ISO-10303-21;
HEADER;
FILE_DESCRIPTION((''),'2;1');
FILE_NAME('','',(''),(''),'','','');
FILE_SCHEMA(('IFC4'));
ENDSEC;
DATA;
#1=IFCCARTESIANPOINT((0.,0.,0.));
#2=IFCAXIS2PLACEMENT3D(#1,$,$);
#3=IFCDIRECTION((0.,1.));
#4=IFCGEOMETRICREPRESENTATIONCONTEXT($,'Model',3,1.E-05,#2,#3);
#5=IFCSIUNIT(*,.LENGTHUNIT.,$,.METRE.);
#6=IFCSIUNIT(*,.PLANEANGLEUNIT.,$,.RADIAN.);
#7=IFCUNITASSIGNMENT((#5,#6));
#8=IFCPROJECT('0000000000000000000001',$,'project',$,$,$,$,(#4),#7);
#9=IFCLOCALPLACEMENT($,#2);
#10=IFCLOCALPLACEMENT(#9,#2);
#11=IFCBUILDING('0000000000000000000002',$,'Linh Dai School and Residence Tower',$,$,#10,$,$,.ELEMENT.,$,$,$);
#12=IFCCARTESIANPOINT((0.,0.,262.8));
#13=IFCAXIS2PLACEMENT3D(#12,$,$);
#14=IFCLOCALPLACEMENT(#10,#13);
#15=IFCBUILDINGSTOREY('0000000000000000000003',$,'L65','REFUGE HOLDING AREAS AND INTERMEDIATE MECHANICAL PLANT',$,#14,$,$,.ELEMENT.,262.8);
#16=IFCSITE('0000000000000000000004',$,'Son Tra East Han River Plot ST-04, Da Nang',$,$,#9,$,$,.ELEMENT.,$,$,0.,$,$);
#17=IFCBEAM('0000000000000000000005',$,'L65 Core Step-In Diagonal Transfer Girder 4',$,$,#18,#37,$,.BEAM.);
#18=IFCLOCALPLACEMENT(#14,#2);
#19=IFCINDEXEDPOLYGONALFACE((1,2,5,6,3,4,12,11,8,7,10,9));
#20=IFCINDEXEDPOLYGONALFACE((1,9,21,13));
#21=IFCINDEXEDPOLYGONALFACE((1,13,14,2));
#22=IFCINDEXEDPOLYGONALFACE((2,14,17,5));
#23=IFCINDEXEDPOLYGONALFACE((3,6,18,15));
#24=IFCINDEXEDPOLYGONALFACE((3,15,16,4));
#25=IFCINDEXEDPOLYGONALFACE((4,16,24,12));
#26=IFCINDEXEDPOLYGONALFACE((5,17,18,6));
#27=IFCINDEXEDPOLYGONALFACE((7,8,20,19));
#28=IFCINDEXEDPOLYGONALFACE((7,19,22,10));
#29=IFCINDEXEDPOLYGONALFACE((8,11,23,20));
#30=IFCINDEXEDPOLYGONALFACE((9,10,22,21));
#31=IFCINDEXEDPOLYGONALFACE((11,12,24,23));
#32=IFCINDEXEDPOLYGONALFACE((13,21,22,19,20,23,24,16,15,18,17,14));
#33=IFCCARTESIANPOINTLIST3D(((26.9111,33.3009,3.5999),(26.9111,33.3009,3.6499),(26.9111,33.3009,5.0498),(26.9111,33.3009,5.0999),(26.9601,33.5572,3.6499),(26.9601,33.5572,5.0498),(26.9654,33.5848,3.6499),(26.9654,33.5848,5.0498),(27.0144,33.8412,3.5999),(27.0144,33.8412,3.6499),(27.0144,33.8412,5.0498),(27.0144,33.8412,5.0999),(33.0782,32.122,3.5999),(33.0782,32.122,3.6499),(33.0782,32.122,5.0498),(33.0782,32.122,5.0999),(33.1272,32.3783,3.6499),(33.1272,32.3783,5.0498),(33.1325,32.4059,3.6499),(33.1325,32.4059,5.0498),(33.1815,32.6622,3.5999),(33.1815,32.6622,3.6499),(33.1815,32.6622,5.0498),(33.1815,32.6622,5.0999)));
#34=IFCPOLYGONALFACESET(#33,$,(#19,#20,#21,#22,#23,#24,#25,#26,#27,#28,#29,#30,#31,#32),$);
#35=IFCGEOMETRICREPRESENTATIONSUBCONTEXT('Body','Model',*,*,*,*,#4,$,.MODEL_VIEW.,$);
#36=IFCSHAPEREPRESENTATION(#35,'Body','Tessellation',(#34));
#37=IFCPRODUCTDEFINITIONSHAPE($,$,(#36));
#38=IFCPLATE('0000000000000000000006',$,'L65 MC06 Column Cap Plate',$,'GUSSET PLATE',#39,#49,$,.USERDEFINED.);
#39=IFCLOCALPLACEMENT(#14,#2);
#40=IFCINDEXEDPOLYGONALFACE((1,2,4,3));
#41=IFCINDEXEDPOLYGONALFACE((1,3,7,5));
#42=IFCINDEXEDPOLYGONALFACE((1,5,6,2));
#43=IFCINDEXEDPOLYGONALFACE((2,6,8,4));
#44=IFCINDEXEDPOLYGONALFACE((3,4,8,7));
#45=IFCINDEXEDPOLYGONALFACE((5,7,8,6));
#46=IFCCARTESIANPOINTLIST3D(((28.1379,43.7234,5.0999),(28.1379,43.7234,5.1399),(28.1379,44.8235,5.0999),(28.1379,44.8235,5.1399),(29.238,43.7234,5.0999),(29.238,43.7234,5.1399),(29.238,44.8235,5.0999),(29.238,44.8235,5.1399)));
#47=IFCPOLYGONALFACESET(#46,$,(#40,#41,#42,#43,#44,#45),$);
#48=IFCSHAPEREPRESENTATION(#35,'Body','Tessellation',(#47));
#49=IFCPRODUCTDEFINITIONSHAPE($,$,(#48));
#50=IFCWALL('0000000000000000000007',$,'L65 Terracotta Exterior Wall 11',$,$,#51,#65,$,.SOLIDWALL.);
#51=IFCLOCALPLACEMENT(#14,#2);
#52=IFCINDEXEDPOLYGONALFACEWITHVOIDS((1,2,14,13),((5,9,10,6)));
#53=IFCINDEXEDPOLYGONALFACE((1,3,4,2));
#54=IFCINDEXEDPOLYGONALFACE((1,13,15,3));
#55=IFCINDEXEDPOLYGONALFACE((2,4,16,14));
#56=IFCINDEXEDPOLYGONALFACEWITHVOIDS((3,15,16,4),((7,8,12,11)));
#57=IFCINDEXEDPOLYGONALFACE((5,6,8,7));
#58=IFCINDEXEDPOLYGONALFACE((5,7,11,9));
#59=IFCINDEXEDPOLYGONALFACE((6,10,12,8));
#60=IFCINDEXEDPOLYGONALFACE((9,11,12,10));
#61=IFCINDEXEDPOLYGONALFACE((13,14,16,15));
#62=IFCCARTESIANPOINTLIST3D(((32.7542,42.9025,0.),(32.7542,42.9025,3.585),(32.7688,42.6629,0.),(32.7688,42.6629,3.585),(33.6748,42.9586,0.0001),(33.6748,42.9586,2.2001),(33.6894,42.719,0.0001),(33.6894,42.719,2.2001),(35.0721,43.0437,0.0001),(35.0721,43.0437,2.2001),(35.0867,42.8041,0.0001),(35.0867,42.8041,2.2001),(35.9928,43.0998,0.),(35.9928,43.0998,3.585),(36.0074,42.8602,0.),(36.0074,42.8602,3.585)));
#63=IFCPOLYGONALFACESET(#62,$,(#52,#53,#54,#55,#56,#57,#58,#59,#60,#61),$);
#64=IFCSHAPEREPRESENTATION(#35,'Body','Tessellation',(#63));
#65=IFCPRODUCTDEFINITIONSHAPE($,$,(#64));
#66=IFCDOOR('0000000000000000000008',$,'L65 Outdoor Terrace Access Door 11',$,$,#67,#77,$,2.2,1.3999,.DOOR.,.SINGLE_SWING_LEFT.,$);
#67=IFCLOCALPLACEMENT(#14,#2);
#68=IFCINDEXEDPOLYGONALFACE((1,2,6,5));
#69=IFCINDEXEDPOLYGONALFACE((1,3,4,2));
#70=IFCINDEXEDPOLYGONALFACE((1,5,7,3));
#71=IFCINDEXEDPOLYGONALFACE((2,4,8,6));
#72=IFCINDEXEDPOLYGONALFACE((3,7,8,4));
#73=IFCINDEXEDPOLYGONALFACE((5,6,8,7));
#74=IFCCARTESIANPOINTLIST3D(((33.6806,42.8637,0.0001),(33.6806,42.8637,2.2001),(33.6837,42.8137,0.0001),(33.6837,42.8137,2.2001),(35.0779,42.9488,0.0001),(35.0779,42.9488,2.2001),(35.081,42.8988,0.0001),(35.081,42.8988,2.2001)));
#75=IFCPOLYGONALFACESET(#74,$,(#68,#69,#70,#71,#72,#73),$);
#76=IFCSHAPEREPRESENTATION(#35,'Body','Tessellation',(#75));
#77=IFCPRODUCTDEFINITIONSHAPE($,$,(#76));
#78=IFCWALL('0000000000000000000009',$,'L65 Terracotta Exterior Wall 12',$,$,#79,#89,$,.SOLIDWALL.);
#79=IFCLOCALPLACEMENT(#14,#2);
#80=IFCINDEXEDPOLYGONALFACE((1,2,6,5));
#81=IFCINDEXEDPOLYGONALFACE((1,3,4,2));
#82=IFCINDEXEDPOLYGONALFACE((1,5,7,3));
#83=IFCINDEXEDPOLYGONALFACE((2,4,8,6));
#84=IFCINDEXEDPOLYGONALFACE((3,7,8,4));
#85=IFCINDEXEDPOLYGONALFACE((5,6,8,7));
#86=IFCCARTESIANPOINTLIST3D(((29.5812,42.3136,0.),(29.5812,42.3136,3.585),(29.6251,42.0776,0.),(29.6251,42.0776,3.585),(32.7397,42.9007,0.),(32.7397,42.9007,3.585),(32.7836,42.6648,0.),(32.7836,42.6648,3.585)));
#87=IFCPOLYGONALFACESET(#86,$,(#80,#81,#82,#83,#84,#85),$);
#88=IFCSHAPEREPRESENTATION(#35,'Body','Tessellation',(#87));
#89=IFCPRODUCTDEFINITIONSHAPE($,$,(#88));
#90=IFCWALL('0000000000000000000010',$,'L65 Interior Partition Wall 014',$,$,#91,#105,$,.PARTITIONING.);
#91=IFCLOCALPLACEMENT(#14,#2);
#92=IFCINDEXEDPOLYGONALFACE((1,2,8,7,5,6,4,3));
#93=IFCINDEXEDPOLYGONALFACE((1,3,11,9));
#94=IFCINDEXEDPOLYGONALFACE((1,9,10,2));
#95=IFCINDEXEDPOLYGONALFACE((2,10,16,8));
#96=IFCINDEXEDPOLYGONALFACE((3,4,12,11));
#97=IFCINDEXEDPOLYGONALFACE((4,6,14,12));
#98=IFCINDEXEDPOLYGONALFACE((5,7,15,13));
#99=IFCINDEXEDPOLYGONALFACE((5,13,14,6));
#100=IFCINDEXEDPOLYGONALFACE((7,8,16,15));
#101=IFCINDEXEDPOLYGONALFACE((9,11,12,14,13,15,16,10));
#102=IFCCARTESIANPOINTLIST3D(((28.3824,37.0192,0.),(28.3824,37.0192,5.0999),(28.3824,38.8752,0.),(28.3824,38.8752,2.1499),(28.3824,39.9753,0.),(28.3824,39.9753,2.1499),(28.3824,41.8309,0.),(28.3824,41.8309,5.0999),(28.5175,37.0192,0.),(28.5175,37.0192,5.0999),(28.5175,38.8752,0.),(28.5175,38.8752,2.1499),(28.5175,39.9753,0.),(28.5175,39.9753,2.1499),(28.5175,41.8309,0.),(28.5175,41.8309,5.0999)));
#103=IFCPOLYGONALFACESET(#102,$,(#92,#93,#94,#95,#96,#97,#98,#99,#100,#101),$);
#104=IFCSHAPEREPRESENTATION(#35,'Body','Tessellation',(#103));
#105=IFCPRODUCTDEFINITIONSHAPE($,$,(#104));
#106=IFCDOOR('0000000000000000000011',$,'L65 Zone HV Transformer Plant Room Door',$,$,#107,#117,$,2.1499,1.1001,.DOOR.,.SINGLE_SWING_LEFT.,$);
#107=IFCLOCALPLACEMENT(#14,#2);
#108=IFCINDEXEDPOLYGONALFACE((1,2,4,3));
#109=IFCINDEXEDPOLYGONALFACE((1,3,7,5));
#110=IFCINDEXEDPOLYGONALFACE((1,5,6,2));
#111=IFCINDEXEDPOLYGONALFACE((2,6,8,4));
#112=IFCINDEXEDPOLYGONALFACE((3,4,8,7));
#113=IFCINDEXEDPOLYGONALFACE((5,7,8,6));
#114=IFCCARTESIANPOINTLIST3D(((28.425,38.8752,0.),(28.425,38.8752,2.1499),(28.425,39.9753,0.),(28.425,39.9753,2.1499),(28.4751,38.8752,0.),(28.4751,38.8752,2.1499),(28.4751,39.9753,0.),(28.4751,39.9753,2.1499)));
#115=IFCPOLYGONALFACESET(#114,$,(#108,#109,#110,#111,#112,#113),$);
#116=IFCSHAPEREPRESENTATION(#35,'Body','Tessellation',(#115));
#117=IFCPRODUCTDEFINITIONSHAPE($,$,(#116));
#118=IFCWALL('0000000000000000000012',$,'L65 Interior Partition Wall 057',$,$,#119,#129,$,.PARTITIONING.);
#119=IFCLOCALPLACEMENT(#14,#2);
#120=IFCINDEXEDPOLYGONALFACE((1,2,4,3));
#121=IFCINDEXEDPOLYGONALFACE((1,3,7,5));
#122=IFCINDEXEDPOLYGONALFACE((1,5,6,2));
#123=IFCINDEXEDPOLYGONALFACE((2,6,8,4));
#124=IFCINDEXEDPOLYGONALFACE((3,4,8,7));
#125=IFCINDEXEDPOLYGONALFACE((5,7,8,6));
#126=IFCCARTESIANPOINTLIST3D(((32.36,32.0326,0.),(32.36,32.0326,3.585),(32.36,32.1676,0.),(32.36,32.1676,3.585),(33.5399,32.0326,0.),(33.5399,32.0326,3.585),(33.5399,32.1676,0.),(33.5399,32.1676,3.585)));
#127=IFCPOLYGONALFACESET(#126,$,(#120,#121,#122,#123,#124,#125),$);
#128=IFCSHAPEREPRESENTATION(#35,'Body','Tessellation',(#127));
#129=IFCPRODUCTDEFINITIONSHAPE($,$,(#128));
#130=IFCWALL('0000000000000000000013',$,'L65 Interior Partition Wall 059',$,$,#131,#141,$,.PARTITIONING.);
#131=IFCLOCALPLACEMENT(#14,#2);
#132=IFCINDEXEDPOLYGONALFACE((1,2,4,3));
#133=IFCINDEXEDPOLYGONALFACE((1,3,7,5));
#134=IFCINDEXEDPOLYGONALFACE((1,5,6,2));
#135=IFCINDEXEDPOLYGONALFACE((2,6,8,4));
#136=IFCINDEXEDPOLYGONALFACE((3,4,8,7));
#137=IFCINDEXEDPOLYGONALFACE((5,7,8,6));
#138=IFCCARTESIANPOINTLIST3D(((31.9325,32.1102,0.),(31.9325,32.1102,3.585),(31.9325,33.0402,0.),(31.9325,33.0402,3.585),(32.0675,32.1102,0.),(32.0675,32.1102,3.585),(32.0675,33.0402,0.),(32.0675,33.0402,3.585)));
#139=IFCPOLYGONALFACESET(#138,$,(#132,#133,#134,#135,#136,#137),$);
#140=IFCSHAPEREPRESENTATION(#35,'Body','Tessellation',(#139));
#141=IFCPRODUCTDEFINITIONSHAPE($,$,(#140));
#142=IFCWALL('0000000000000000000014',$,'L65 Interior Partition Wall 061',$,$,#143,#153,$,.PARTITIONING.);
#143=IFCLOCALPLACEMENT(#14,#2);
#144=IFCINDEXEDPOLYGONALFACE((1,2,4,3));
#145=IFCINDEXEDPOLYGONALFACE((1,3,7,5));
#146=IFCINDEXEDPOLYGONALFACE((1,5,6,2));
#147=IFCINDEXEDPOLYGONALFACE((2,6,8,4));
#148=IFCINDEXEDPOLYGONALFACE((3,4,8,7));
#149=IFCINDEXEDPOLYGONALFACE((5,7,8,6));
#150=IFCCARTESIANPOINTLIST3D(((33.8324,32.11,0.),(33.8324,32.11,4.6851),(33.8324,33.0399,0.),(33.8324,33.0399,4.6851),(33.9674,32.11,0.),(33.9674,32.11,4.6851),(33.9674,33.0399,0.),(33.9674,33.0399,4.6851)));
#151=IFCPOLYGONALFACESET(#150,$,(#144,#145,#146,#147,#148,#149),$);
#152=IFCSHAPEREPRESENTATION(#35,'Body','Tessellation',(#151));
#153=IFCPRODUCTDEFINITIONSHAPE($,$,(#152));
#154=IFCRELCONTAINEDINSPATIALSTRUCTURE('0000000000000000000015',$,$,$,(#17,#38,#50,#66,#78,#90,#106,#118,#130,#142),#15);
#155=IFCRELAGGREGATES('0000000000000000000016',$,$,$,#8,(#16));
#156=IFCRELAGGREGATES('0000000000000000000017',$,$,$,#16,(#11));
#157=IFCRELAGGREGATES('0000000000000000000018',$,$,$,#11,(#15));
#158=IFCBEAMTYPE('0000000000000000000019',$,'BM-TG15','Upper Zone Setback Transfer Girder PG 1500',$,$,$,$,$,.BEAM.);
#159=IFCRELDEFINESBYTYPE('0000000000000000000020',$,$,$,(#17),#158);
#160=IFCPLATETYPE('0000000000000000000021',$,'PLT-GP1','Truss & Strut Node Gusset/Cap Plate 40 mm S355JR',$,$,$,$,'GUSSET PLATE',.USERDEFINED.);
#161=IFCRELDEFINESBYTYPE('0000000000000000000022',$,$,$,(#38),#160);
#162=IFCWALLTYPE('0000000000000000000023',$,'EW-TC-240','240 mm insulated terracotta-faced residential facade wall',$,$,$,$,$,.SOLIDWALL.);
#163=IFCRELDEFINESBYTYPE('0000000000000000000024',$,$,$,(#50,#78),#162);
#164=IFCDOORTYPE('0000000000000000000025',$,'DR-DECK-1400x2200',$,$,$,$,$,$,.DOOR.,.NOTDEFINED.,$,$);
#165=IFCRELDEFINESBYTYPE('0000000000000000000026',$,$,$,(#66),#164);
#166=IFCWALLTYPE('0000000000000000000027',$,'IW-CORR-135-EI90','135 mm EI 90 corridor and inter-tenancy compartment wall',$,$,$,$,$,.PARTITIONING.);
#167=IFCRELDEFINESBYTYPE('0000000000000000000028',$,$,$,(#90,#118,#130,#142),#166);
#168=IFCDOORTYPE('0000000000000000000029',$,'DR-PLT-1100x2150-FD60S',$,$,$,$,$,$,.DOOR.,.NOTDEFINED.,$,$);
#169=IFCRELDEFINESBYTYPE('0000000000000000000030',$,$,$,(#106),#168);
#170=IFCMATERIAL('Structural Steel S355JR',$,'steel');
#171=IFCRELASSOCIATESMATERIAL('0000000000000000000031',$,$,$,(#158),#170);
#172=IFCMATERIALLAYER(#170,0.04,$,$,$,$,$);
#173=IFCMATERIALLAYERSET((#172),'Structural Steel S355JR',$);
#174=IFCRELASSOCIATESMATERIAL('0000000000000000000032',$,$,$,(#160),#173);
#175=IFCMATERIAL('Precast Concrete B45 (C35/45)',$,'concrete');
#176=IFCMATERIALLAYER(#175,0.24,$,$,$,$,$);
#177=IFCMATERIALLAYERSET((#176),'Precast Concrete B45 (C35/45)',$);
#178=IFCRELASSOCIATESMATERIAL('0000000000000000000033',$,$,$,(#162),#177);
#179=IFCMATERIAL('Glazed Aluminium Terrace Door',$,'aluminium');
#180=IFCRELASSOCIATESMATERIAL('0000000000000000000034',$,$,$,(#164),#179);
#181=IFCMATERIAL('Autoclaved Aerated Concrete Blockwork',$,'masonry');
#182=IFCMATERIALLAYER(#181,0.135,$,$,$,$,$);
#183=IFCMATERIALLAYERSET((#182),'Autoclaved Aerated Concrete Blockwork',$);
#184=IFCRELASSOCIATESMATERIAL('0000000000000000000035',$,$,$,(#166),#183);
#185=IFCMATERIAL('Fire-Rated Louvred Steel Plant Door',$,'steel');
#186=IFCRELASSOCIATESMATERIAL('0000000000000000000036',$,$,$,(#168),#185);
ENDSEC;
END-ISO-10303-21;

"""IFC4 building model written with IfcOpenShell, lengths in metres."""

from ifc_helpers import new_model, si_unit, direction, frame, frame_2d, origin, origin_2d, place, context, subcontext, project, spatial, rectangle, i_section, extrude, source, transform, mapped, material, layer, layer_set, material_profile, profile_set, type_object, element, fill, save


model = new_model("IFC4")

# Units and contexts
model_context = context("Model", 3, precision=1e-05, world=origin(), true_north=direction((0.0, 1.0)))
body_context = subcontext(model_context, "Body", "Model", "MODEL_VIEW")
ifc_project = project(units=[si_unit("LENGTHUNIT", "METRE"), si_unit("PLANEANGLEUNIT", "RADIAN")], contexts=[model_context])

# Site, building, storey
site_placement = place(None, origin())
site = spatial("IfcSite", under=ifc_project, at=site_placement, Name="Son Tra East Han River Plot ST-04, Da Nang", CompositionType="ELEMENT", RefElevation=0.0)
building_placement = place(site_placement, origin())
building = spatial("IfcBuilding", under=site, at=building_placement, Name="Linh Dai School and Residence Tower", CompositionType="ELEMENT")
storey_placement = place(building_placement, frame((0.0, 0.0, 262.8)))
storey = spatial("IfcBuildingStorey", under=building, at=storey_placement, Name="L65", Description="REFUGE HOLDING AREAS AND INTERMEDIATE MECHANICAL PLANT", CompositionType="ELEMENT", Elevation=262.8)

# Shared definitions
ifc_material_1 = material(Name="Structural Steel S355JR", Category="steel")

# Beam
ifc_material_profile_1 = material_profile(ifc_material_1, i_section(OverallWidth=0.55, OverallDepth=1.5, WebThickness=0.0281, FlangeThickness=0.05, at=origin_2d()), Name="PG 1500x550x28x50")
ifc_profile_set_1 = profile_set([ifc_material_profile_1], Name="Structural Steel S355JR")
beam_type_1 = type_object("IfcBeamType", Name="BM-TG15", Description="Upper Zone Setback Transfer Girder PG 1500", PredefinedType="BEAM", material=ifc_profile_set_1)
beam_1_placement = place(storey_placement, frame((33.1299, 32.3921, 4.3499), z_axis=(-0.982214, 0.187764, 0.0), x_axis=(-0.187764, -0.982214, 0.0)))
element("IfcBeam", 1, at=beam_1_placement, inside=storey, type_object=beam_type_1, Name="L65 Core Step-In Diagonal Transfer Girder 4", PredefinedType="BEAM", context=body_context, shape_type="SweptSolid", body=[
    extrude(i_section(OverallWidth=0.55, OverallDepth=1.5, WebThickness=0.0281, FlangeThickness=0.05, at=origin_2d()), origin(), (0.0, 0.0, 1.0), 6.2788),
])

# Plate
ifc_layer_1 = layer(ifc_material_1, 0.04)
ifc_layer_set_1 = layer_set([ifc_layer_1], Name="Structural Steel S355JR")
plate_type = type_object("IfcPlateType", Name="PLT-GP1", Description="Truss & Strut Node Gusset/Cap Plate 40 mm S355JR", ElementType="GUSSET PLATE", PredefinedType="USERDEFINED", material=ifc_layer_set_1)
shared_shape_1 = source(origin(), body_context, "Body", "SweptSolid", [
    extrude(rectangle(XDim=1.1001, YDim=1.1001, at=origin_2d()), origin(), (0.0, 0.0, 1.0), 0.04),
])
plate_placement = place(storey_placement, frame((28.688, 44.2734, 5.0999), z_axis=(0.0, 0.0, 1.0), x_axis=(1.0, 0.0, 0.0)))
element("IfcPlate", 2, at=plate_placement, inside=storey, type_object=plate_type, Name="L65 MC06 Column Cap Plate", ObjectType="GUSSET PLATE", PredefinedType="USERDEFINED", context=body_context, shape_type="MappedRepresentation", body=[
    mapped(shared_shape_1, transform((0.0, 0.0, 0.0), x_axis=(1.0, 0.0, 0.0), y_axis=(0.0, 1.0, 0.0), z_axis=(0.0, 0.0, 1.0), scale=1.0)),
])

# Wall, opening, door
ifc_material_2 = material(Name="Precast Concrete B45 (C35/45)", Category="concrete")
ifc_layer_2 = layer(ifc_material_2, 0.24)
ifc_layer_set_2 = layer_set([ifc_layer_2], Name="Precast Concrete B45 (C35/45)")
wall_type_1 = type_object("IfcWallType", Name="EW-TC-240", Description="240 mm insulated terracotta-faced residential facade wall", PredefinedType="SOLIDWALL", material=ifc_layer_set_2)
wall_1_placement = place(storey_placement, frame((32.7615, 42.7827, 0.0), z_axis=(0.0, 0.0, 1.0), x_axis=(0.99815, 0.060799, 0.0)))
wall_1 = element("IfcWall", 3, at=wall_1_placement, inside=storey, type_object=wall_type_1, Name="L65 Terracotta Exterior Wall 11", PredefinedType="SOLIDWALL", context=body_context, shape_type="SweptSolid", body=[
    extrude(rectangle(XDim=3.2446, YDim=0.24, at=frame_2d((1.6223, 0.0))), origin(), (0.0, 0.0, 1.0), 3.585),
])
opening_1_placement = place(wall_1_placement, frame((0.9224, 0.0, 0.0)))
opening_1 = element("IfcOpeningElement", 4, at=opening_1_placement, cuts=wall_1, PredefinedType="OPENING", context=body_context, shape_type="SweptSolid", body=[
    extrude(rectangle(XDim=1.3999, YDim=2.2, at=origin_2d()), frame((0.7, 0.1299, 1.1001), z_axis=(0.0, -1.0, 0.0), x_axis=(1.0, 0.0, 0.0)), (0.0, 0.0, 1.0), 0.26),
])
ifc_material_3 = material(Name="Glazed Aluminium Terrace Door", Category="aluminium")
door_type_1 = type_object("IfcDoorType", Name="DR-DECK-1400x2200", OperationType="NOTDEFINED", PredefinedType="DOOR", material=ifc_material_3)
shared_shape_2 = source(origin(), body_context, "Body", "SweptSolid", [
    extrude(rectangle(XDim=1.3999, YDim=2.2, at=origin_2d()), frame((0.7, 0.0249, 1.1001), z_axis=(0.0, -1.0, 0.0), x_axis=(1.0, 0.0, 0.0)), (0.0, 0.0, 1.0), 0.05),
])
door_1_placement = place(opening_1_placement, origin())
door_1 = element("IfcDoor", 5, at=door_1_placement, inside=storey, type_object=door_type_1, Name="L65 Outdoor Terrace Access Door 11", OperationType="SINGLE_SWING_LEFT", OverallHeight=2.2, OverallWidth=1.3999, PredefinedType="DOOR", context=body_context, shape_type="MappedRepresentation", body=[
    mapped(shared_shape_2, transform((0.0, 0.0, 0.0), x_axis=(1.0, 0.0, 0.0), y_axis=(0.0, 1.0, 0.0), z_axis=(0.0, 0.0, 1.0), scale=1.0)),
])
fill(opening_1, door_1)

# Wall
wall_2_placement = place(storey_placement, frame((29.603, 42.1956, 0.0), z_axis=(0.0, 0.0, 1.0), x_axis=(0.983156, 0.18277, 0.0)))
element("IfcWall", 6, at=wall_2_placement, inside=storey, type_object=wall_type_1, Name="L65 Terracotta Exterior Wall 12", PredefinedType="SOLIDWALL", context=body_context, shape_type="SweptSolid", body=[
    extrude(rectangle(XDim=3.2126, YDim=0.24, at=frame_2d((1.6064, 0.0))), origin(), (0.0, 0.0, 1.0), 3.585),
])

# Wall, opening, door
ifc_material_4 = material(Name="Autoclaved Aerated Concrete Blockwork", Category="masonry")
ifc_layer_3 = layer(ifc_material_4, 0.135)
ifc_layer_set_3 = layer_set([ifc_layer_3], Name="Autoclaved Aerated Concrete Blockwork")
wall_type_2 = type_object("IfcWallType", Name="IW-CORR-135-EI90", Description="135 mm EI 90 corridor and inter-tenancy compartment wall", PredefinedType="PARTITIONING", material=ifc_layer_set_3)
ifc_material_5 = material(Name="Fire-Rated Louvred Steel Plant Door", Category="steel")
door_type_2 = type_object("IfcDoorType", Name="DR-PLT-1100x2150-FD60S", OperationType="NOTDEFINED", PredefinedType="DOOR", material=ifc_material_5)
shared_shape_3 = source(origin(), body_context, "Body", "SweptSolid", [
    extrude(rectangle(XDim=1.1001, YDim=2.1499, at=origin_2d()), frame((0.55, 0.0249, 1.075), z_axis=(0.0, -1.0, 0.0), x_axis=(1.0, 0.0, 0.0)), (0.0, 0.0, 1.0), 0.05),
])
wall_3_placement = place(storey_placement, frame((28.45, 37.0193, 0.0), z_axis=(0.0, 0.0, 1.0), x_axis=(0.0, 1.0, 0.0)))
wall_3 = element("IfcWall", 7, at=wall_3_placement, inside=storey, type_object=wall_type_2, Name="L65 Interior Partition Wall 014", PredefinedType="PARTITIONING", context=body_context, shape_type="SweptSolid", body=[
    extrude(rectangle(XDim=4.8118, YDim=0.135, at=frame_2d((2.4058, 0.0))), origin(), (0.0, 0.0, 1.0), 5.0999),
])
opening_2_placement = place(wall_3_placement, frame((1.856, 0.0, 0.0)))
opening_2 = element("IfcOpeningElement", 8, at=opening_2_placement, cuts=wall_3, PredefinedType="OPENING", context=body_context, shape_type="SweptSolid", body=[
    extrude(rectangle(XDim=1.1001, YDim=2.1499, at=origin_2d()), frame((0.55, 0.0776, 1.075), z_axis=(0.0, -1.0, 0.0), x_axis=(1.0, 0.0, 0.0)), (0.0, 0.0, 1.0), 0.155),
])
door_2_placement = place(opening_2_placement, origin())
door_2 = element("IfcDoor", 9, at=door_2_placement, inside=storey, type_object=door_type_2, Name="L65 Zone HV Transformer Plant Room Door", OperationType="SINGLE_SWING_LEFT", OverallHeight=2.1499, OverallWidth=1.1001, PredefinedType="DOOR", context=body_context, shape_type="MappedRepresentation", body=[
    mapped(shared_shape_3, transform((0.0, 0.0, 0.0), x_axis=(1.0, 0.0, 0.0), y_axis=(0.0, 1.0, 0.0), z_axis=(0.0, 0.0, 1.0), scale=1.0)),
])
fill(opening_2, door_2)

# Walls
wall_4_placement = place(storey_placement, frame((32.3601, 32.1001, 0.0), z_axis=(0.0, 0.0, 1.0), x_axis=(1.0, 0.0, 0.0)))
element("IfcWall", 10, at=wall_4_placement, inside=storey, type_object=wall_type_2, Name="L65 Interior Partition Wall 057", PredefinedType="PARTITIONING", context=body_context, shape_type="SweptSolid", body=[
    extrude(rectangle(XDim=1.1799, YDim=0.135, at=frame_2d((0.5898, 0.0))), origin(), (0.0, 0.0, 1.0), 3.585),
])
wall_5_placement = place(storey_placement, frame((32.0, 33.04, 0.0), z_axis=(0.0, 0.0, 1.0), x_axis=(0.0, -1.0, 0.0)))
element("IfcWall", 11, at=wall_5_placement, inside=storey, type_object=wall_type_2, Name="L65 Interior Partition Wall 059", PredefinedType="PARTITIONING", context=body_context, shape_type="SweptSolid", body=[
    extrude(rectangle(XDim=0.9299, YDim=0.135, at=frame_2d((0.4648, 0.0))), origin(), (0.0, 0.0, 1.0), 3.585),
])
wall_6_placement = place(storey_placement, frame((33.8999, 32.1101, 0.0), z_axis=(0.0, 0.0, 1.0), x_axis=(0.0, 1.0, 0.0)))
element("IfcWall", 12, at=wall_6_placement, inside=storey, type_object=wall_type_2, Name="L65 Interior Partition Wall 061", PredefinedType="PARTITIONING", context=body_context, shape_type="SweptSolid", body=[
    extrude(rectangle(XDim=0.9299, YDim=0.135, at=frame_2d((0.4648, 0.0))), origin(), (0.0, 0.0, 1.0), 4.6851),
])

save(model, "model.ifc")
